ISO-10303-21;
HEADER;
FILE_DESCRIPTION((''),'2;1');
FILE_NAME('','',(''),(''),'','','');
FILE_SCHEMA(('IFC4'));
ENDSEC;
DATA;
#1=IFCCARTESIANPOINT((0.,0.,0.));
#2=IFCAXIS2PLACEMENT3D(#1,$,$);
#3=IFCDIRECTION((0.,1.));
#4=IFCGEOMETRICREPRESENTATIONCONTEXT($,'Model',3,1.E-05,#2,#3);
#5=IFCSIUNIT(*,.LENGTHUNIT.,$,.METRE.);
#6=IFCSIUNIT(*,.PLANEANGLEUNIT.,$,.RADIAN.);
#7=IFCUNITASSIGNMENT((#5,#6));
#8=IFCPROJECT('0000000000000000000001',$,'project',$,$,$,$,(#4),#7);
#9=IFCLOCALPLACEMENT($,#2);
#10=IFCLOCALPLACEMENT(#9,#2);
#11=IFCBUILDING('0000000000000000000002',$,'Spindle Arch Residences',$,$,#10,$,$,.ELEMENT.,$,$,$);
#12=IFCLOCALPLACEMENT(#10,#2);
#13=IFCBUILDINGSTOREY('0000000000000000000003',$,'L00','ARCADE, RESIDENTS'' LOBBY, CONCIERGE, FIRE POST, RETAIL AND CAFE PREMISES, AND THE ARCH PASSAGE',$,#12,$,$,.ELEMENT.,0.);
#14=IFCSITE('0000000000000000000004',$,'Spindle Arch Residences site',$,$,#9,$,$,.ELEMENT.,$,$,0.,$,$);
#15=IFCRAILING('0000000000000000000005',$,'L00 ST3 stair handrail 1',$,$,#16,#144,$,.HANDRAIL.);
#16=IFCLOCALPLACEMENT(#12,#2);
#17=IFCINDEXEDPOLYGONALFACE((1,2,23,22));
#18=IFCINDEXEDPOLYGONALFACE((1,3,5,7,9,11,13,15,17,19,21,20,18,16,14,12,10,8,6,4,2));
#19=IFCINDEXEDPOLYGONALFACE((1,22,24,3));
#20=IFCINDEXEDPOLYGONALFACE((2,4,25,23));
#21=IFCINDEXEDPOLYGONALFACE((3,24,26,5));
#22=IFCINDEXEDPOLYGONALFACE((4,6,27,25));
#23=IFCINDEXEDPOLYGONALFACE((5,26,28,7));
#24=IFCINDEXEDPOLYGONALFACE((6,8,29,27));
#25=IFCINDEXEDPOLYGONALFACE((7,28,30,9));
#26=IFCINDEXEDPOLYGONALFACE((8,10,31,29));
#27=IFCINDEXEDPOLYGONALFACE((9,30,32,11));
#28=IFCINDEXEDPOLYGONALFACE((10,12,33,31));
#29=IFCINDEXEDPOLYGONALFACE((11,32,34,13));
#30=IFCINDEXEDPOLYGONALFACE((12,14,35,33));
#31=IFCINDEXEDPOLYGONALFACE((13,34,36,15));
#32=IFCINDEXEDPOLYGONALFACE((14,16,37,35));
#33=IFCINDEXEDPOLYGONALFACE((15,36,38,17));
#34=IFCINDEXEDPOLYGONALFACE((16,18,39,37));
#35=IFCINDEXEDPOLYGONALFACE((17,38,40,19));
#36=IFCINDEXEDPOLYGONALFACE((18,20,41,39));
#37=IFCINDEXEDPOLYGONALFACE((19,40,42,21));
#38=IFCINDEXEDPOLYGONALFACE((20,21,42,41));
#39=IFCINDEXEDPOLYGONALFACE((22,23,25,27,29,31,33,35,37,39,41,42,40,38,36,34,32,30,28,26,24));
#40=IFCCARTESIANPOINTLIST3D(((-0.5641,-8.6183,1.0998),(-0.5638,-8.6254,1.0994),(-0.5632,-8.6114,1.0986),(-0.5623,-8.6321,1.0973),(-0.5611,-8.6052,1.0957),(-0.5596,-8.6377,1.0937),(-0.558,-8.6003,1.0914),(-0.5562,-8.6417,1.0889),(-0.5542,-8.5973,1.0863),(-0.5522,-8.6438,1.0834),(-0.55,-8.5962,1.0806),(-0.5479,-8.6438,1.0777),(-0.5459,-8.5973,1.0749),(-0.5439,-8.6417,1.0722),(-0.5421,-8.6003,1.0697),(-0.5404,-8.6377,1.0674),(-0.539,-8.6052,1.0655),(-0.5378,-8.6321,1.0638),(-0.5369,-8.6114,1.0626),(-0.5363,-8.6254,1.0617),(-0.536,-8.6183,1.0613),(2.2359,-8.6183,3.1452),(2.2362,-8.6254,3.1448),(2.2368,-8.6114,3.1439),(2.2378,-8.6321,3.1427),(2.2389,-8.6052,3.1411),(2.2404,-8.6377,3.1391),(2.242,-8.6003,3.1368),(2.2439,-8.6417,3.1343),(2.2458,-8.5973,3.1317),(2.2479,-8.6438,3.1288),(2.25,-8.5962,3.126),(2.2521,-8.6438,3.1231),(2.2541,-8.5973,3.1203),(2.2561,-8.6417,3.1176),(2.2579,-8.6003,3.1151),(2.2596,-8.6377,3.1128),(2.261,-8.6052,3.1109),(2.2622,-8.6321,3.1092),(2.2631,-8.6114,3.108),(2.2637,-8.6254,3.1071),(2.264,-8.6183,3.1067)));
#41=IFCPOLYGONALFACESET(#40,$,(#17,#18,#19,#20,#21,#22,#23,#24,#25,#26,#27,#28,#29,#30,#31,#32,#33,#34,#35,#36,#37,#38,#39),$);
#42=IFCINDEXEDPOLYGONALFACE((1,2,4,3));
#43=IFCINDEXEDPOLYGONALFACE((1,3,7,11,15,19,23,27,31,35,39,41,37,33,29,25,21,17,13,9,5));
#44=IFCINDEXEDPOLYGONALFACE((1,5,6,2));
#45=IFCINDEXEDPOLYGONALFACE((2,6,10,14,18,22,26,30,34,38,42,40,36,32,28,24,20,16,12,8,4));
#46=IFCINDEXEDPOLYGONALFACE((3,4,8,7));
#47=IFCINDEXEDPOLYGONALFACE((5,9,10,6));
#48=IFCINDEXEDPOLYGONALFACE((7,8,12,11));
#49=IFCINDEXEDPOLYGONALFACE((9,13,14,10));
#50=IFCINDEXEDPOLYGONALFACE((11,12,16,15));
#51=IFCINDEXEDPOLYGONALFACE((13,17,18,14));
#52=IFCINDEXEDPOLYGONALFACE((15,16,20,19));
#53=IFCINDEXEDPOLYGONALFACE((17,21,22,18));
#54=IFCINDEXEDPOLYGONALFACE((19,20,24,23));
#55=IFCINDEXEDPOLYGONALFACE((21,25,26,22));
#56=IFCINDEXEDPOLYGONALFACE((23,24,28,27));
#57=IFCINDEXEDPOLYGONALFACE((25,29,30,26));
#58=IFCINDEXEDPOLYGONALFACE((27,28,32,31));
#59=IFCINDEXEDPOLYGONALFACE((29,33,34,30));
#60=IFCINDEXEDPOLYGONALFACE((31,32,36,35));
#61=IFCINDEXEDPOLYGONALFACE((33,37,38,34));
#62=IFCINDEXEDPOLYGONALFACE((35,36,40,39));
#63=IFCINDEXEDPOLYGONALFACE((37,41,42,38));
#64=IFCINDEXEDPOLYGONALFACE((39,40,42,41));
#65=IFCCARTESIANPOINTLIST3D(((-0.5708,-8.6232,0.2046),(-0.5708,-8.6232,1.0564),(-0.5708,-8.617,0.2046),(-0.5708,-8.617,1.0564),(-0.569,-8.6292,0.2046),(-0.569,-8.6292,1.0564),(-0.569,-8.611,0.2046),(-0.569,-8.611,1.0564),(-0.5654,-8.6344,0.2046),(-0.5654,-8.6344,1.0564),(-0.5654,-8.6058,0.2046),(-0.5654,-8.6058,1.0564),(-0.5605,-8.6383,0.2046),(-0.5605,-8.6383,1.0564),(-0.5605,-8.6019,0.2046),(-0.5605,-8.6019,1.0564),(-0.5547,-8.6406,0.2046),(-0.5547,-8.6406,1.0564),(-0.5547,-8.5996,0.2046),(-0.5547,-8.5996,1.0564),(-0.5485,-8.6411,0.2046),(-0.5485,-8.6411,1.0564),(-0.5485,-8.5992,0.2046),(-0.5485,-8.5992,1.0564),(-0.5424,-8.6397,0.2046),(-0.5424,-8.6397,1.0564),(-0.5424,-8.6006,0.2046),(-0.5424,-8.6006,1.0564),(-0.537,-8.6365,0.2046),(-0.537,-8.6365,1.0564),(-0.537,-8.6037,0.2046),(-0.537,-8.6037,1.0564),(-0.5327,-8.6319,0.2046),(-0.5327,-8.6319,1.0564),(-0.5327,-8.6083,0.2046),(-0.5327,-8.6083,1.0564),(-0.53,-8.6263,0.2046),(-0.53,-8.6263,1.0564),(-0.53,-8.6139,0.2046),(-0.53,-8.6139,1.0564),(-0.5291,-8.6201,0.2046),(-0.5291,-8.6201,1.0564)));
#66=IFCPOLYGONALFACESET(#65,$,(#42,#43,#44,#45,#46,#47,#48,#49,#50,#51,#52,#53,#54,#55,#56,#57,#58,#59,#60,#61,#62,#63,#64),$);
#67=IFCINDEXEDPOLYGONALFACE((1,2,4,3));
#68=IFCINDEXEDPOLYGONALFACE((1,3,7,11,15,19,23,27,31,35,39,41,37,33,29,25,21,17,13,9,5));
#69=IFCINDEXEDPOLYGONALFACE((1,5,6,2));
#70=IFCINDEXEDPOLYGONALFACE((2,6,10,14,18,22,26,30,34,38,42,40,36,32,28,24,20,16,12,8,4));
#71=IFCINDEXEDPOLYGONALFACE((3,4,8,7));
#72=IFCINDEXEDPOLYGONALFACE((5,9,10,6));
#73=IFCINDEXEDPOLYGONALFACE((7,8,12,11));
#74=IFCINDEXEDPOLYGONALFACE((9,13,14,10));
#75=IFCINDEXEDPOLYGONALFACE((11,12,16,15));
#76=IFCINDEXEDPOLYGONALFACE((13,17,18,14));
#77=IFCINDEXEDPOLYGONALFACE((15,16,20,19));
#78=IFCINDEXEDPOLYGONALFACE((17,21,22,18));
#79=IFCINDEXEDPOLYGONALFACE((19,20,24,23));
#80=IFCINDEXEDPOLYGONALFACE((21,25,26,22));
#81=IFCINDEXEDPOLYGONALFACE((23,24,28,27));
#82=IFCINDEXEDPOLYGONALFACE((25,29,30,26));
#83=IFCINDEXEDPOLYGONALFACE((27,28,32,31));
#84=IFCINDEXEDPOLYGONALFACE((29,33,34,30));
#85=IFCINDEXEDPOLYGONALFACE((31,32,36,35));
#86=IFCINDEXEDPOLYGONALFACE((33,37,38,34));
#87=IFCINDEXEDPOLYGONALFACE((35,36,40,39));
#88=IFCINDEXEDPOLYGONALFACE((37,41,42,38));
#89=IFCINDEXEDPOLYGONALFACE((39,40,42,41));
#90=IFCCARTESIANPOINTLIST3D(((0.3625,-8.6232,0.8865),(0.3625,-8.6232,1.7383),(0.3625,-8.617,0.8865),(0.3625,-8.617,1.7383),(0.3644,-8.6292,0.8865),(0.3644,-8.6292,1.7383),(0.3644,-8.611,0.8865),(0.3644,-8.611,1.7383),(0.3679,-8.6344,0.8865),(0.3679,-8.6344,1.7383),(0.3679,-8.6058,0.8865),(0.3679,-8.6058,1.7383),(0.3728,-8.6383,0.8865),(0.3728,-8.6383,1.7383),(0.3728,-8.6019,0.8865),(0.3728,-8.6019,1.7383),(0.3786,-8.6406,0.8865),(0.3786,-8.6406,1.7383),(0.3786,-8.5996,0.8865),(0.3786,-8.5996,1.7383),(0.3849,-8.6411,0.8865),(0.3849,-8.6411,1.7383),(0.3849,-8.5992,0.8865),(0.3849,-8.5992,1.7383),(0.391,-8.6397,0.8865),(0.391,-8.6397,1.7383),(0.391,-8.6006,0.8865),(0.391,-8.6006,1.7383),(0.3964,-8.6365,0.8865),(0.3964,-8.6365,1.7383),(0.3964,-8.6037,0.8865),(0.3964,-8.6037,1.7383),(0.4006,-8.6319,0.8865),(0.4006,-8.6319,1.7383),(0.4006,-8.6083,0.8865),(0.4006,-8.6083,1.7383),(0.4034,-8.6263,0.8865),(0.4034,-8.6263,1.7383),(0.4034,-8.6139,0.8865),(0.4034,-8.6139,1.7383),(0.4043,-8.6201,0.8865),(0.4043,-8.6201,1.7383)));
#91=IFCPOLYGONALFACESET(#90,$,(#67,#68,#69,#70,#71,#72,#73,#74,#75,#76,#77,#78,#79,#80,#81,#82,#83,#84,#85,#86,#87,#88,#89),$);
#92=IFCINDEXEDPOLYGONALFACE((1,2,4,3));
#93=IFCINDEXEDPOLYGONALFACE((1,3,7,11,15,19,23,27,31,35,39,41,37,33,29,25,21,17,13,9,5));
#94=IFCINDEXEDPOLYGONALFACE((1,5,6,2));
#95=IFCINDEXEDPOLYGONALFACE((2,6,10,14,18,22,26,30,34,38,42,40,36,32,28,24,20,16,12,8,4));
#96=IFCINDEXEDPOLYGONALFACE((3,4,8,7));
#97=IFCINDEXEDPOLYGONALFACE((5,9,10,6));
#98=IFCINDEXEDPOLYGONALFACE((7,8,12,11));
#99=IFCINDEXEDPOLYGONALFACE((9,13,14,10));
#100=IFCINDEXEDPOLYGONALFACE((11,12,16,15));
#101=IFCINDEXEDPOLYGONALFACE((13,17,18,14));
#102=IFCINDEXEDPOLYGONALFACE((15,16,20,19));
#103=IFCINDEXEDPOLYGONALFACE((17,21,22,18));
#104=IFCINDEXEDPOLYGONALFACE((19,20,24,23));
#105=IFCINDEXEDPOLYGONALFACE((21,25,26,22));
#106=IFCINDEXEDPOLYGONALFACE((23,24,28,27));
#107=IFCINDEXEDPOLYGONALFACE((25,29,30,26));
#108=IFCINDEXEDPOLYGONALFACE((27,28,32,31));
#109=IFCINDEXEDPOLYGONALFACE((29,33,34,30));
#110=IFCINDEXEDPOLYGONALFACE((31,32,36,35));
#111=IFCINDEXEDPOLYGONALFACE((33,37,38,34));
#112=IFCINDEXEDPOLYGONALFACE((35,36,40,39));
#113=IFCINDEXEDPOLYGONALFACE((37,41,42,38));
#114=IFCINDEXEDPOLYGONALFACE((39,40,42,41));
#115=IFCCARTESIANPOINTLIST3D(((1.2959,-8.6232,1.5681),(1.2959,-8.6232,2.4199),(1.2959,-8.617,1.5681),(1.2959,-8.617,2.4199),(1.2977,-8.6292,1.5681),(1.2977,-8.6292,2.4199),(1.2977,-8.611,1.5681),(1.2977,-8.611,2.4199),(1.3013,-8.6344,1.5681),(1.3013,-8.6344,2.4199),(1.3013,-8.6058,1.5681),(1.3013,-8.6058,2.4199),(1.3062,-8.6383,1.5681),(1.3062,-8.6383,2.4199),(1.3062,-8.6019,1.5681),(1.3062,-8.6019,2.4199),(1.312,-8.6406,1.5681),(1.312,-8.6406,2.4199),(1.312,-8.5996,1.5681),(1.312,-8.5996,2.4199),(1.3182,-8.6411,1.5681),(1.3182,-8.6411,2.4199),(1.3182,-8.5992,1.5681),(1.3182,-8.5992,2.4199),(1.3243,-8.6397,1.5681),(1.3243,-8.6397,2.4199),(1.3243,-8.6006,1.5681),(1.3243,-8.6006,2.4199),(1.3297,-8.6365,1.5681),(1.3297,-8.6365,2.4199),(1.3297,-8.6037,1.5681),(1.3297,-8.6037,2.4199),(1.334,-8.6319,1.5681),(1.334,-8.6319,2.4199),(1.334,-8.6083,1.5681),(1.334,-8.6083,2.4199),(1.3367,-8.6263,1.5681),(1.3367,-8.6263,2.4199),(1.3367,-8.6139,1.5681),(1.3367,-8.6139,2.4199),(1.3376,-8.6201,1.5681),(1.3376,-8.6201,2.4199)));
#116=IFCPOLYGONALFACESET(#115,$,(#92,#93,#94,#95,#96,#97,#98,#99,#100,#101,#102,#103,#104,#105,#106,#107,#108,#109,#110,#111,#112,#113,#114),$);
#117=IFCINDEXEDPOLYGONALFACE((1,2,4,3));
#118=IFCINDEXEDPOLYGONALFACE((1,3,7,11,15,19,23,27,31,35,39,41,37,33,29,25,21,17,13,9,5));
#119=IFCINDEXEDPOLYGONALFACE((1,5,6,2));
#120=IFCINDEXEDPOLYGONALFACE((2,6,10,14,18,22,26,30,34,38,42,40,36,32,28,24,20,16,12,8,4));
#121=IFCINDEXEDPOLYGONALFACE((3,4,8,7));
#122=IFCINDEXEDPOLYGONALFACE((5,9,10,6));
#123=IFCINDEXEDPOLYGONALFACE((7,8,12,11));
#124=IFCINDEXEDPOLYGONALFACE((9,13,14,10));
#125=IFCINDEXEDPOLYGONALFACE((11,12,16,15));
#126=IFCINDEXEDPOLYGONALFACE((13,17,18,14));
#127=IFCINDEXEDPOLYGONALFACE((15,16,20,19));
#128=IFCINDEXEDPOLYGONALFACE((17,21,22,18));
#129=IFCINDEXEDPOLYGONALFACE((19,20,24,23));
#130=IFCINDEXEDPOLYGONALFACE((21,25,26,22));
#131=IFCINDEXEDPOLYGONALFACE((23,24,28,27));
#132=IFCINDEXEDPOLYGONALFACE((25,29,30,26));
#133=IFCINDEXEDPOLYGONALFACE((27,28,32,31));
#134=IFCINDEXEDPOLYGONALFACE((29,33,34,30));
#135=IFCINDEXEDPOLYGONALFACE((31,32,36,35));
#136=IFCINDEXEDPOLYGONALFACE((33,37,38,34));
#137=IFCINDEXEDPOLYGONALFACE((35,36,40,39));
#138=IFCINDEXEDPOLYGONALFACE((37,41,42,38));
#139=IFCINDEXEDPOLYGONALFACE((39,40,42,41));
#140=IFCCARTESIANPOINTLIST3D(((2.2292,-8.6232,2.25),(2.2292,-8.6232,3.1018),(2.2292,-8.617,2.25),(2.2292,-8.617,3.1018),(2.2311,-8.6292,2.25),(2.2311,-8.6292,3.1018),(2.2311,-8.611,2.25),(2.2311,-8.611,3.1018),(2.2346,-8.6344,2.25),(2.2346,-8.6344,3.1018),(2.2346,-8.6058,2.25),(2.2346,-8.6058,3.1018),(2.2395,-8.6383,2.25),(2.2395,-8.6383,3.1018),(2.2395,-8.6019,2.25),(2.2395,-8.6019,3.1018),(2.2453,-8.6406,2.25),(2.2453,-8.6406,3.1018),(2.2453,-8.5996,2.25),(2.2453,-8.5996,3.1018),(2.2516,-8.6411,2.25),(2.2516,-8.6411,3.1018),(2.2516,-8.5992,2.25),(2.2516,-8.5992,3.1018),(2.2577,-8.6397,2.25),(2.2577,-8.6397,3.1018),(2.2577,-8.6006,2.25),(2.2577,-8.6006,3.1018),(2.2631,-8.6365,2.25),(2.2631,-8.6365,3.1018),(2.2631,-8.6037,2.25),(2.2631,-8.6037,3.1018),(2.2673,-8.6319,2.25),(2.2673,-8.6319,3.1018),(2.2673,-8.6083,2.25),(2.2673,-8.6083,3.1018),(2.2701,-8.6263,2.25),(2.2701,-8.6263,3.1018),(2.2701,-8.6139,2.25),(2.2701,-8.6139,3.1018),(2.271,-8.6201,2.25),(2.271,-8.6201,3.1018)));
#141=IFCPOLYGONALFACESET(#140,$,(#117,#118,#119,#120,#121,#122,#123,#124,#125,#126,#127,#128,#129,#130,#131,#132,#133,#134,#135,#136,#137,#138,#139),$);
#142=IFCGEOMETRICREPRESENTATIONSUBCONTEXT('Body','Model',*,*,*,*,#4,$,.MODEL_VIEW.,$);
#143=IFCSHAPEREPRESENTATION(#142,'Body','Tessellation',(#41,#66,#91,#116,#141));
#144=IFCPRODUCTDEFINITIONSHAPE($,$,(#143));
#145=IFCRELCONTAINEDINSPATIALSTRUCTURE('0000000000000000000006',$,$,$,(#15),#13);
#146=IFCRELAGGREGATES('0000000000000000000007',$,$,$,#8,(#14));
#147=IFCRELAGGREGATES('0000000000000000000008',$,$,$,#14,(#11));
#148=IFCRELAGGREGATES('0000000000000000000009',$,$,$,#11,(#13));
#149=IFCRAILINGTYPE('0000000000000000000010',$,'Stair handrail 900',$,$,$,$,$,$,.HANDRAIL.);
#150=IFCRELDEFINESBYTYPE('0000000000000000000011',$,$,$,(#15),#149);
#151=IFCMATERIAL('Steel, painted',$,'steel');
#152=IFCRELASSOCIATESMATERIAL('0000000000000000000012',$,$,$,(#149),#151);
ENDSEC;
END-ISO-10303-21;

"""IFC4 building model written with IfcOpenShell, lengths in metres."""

from ifc_helpers import new_model, si_unit, direction, frame, origin, origin_2d, place, context, subcontext, project, spatial, circle, extrude, material, type_object, element, save


model = new_model("IFC4")

# Units and contexts
model_context = context("Model", 3, precision=1e-05, world=origin(), true_north=direction((0.0, 1.0)))
body_context = subcontext(model_context, "Body", "Model", "MODEL_VIEW")
ifc_project = project(units=[si_unit("LENGTHUNIT", "METRE"), si_unit("PLANEANGLEUNIT", "RADIAN")], contexts=[model_context])

# Site, building, storey
site_placement = place(None, origin())
site = spatial("IfcSite", under=ifc_project, at=site_placement, Name="Spindle Arch Residences site", CompositionType="ELEMENT", RefElevation=0.0)
building_placement = place(site_placement, origin())
building = spatial("IfcBuilding", under=site, at=building_placement, Name="Spindle Arch Residences", CompositionType="ELEMENT")
storey_placement = place(building_placement, origin())
storey = spatial("IfcBuildingStorey", under=building, at=storey_placement, Name="L00", Description="ARCADE, RESIDENTS' LOBBY, CONCIERGE, FIRE POST, RETAIL AND CAFE PREMISES, AND THE ARCH PASSAGE", CompositionType="ELEMENT", Elevation=0.0)

# Railing
ifc_material_1 = material(Name="Steel, painted", Category="steel")
railing_type = type_object("IfcRailingType", Name="Stair handrail 900", PredefinedType="HANDRAIL", material=ifc_material_1)
for number, where, name in (
    (1, (-0.55, -8.6201, 0.2046), "L00 ST3 stair handrail 1"),
):
    element("IfcRailing", number, at=place(storey_placement, frame(where)), inside=storey, type_object=railing_type, Name=name, PredefinedType="HANDRAIL", context=body_context, shape_type="SweptSolid", body=[
        extrude(circle(Radius=0.0239, at=origin_2d()), frame((0.0, 0.0, 0.876), z_axis=(0.807498, 0.0, 0.58987), x_axis=(0.0, 1.0, 0.0)), (0.0, 0.0, 1.0), 3.4675),
        extrude(circle(Radius=0.021, at=origin_2d()), origin(), (0.0, 0.0, 1.0), 0.8518),
        extrude(circle(Radius=0.021, at=origin_2d()), frame((0.9333, 0.0, 0.6819)), (0.0, 0.0, 1.0), 0.8518),
        extrude(circle(Radius=0.021, at=origin_2d()), frame((1.8667, 0.0, 1.3635)), (0.0, 0.0, 1.0), 0.8518),
        extrude(circle(Radius=0.021, at=origin_2d()), frame((2.8, 0.0, 2.0454)), (0.0, 0.0, 1.0), 0.8518),
    ])

save(model, "model.ifc")
